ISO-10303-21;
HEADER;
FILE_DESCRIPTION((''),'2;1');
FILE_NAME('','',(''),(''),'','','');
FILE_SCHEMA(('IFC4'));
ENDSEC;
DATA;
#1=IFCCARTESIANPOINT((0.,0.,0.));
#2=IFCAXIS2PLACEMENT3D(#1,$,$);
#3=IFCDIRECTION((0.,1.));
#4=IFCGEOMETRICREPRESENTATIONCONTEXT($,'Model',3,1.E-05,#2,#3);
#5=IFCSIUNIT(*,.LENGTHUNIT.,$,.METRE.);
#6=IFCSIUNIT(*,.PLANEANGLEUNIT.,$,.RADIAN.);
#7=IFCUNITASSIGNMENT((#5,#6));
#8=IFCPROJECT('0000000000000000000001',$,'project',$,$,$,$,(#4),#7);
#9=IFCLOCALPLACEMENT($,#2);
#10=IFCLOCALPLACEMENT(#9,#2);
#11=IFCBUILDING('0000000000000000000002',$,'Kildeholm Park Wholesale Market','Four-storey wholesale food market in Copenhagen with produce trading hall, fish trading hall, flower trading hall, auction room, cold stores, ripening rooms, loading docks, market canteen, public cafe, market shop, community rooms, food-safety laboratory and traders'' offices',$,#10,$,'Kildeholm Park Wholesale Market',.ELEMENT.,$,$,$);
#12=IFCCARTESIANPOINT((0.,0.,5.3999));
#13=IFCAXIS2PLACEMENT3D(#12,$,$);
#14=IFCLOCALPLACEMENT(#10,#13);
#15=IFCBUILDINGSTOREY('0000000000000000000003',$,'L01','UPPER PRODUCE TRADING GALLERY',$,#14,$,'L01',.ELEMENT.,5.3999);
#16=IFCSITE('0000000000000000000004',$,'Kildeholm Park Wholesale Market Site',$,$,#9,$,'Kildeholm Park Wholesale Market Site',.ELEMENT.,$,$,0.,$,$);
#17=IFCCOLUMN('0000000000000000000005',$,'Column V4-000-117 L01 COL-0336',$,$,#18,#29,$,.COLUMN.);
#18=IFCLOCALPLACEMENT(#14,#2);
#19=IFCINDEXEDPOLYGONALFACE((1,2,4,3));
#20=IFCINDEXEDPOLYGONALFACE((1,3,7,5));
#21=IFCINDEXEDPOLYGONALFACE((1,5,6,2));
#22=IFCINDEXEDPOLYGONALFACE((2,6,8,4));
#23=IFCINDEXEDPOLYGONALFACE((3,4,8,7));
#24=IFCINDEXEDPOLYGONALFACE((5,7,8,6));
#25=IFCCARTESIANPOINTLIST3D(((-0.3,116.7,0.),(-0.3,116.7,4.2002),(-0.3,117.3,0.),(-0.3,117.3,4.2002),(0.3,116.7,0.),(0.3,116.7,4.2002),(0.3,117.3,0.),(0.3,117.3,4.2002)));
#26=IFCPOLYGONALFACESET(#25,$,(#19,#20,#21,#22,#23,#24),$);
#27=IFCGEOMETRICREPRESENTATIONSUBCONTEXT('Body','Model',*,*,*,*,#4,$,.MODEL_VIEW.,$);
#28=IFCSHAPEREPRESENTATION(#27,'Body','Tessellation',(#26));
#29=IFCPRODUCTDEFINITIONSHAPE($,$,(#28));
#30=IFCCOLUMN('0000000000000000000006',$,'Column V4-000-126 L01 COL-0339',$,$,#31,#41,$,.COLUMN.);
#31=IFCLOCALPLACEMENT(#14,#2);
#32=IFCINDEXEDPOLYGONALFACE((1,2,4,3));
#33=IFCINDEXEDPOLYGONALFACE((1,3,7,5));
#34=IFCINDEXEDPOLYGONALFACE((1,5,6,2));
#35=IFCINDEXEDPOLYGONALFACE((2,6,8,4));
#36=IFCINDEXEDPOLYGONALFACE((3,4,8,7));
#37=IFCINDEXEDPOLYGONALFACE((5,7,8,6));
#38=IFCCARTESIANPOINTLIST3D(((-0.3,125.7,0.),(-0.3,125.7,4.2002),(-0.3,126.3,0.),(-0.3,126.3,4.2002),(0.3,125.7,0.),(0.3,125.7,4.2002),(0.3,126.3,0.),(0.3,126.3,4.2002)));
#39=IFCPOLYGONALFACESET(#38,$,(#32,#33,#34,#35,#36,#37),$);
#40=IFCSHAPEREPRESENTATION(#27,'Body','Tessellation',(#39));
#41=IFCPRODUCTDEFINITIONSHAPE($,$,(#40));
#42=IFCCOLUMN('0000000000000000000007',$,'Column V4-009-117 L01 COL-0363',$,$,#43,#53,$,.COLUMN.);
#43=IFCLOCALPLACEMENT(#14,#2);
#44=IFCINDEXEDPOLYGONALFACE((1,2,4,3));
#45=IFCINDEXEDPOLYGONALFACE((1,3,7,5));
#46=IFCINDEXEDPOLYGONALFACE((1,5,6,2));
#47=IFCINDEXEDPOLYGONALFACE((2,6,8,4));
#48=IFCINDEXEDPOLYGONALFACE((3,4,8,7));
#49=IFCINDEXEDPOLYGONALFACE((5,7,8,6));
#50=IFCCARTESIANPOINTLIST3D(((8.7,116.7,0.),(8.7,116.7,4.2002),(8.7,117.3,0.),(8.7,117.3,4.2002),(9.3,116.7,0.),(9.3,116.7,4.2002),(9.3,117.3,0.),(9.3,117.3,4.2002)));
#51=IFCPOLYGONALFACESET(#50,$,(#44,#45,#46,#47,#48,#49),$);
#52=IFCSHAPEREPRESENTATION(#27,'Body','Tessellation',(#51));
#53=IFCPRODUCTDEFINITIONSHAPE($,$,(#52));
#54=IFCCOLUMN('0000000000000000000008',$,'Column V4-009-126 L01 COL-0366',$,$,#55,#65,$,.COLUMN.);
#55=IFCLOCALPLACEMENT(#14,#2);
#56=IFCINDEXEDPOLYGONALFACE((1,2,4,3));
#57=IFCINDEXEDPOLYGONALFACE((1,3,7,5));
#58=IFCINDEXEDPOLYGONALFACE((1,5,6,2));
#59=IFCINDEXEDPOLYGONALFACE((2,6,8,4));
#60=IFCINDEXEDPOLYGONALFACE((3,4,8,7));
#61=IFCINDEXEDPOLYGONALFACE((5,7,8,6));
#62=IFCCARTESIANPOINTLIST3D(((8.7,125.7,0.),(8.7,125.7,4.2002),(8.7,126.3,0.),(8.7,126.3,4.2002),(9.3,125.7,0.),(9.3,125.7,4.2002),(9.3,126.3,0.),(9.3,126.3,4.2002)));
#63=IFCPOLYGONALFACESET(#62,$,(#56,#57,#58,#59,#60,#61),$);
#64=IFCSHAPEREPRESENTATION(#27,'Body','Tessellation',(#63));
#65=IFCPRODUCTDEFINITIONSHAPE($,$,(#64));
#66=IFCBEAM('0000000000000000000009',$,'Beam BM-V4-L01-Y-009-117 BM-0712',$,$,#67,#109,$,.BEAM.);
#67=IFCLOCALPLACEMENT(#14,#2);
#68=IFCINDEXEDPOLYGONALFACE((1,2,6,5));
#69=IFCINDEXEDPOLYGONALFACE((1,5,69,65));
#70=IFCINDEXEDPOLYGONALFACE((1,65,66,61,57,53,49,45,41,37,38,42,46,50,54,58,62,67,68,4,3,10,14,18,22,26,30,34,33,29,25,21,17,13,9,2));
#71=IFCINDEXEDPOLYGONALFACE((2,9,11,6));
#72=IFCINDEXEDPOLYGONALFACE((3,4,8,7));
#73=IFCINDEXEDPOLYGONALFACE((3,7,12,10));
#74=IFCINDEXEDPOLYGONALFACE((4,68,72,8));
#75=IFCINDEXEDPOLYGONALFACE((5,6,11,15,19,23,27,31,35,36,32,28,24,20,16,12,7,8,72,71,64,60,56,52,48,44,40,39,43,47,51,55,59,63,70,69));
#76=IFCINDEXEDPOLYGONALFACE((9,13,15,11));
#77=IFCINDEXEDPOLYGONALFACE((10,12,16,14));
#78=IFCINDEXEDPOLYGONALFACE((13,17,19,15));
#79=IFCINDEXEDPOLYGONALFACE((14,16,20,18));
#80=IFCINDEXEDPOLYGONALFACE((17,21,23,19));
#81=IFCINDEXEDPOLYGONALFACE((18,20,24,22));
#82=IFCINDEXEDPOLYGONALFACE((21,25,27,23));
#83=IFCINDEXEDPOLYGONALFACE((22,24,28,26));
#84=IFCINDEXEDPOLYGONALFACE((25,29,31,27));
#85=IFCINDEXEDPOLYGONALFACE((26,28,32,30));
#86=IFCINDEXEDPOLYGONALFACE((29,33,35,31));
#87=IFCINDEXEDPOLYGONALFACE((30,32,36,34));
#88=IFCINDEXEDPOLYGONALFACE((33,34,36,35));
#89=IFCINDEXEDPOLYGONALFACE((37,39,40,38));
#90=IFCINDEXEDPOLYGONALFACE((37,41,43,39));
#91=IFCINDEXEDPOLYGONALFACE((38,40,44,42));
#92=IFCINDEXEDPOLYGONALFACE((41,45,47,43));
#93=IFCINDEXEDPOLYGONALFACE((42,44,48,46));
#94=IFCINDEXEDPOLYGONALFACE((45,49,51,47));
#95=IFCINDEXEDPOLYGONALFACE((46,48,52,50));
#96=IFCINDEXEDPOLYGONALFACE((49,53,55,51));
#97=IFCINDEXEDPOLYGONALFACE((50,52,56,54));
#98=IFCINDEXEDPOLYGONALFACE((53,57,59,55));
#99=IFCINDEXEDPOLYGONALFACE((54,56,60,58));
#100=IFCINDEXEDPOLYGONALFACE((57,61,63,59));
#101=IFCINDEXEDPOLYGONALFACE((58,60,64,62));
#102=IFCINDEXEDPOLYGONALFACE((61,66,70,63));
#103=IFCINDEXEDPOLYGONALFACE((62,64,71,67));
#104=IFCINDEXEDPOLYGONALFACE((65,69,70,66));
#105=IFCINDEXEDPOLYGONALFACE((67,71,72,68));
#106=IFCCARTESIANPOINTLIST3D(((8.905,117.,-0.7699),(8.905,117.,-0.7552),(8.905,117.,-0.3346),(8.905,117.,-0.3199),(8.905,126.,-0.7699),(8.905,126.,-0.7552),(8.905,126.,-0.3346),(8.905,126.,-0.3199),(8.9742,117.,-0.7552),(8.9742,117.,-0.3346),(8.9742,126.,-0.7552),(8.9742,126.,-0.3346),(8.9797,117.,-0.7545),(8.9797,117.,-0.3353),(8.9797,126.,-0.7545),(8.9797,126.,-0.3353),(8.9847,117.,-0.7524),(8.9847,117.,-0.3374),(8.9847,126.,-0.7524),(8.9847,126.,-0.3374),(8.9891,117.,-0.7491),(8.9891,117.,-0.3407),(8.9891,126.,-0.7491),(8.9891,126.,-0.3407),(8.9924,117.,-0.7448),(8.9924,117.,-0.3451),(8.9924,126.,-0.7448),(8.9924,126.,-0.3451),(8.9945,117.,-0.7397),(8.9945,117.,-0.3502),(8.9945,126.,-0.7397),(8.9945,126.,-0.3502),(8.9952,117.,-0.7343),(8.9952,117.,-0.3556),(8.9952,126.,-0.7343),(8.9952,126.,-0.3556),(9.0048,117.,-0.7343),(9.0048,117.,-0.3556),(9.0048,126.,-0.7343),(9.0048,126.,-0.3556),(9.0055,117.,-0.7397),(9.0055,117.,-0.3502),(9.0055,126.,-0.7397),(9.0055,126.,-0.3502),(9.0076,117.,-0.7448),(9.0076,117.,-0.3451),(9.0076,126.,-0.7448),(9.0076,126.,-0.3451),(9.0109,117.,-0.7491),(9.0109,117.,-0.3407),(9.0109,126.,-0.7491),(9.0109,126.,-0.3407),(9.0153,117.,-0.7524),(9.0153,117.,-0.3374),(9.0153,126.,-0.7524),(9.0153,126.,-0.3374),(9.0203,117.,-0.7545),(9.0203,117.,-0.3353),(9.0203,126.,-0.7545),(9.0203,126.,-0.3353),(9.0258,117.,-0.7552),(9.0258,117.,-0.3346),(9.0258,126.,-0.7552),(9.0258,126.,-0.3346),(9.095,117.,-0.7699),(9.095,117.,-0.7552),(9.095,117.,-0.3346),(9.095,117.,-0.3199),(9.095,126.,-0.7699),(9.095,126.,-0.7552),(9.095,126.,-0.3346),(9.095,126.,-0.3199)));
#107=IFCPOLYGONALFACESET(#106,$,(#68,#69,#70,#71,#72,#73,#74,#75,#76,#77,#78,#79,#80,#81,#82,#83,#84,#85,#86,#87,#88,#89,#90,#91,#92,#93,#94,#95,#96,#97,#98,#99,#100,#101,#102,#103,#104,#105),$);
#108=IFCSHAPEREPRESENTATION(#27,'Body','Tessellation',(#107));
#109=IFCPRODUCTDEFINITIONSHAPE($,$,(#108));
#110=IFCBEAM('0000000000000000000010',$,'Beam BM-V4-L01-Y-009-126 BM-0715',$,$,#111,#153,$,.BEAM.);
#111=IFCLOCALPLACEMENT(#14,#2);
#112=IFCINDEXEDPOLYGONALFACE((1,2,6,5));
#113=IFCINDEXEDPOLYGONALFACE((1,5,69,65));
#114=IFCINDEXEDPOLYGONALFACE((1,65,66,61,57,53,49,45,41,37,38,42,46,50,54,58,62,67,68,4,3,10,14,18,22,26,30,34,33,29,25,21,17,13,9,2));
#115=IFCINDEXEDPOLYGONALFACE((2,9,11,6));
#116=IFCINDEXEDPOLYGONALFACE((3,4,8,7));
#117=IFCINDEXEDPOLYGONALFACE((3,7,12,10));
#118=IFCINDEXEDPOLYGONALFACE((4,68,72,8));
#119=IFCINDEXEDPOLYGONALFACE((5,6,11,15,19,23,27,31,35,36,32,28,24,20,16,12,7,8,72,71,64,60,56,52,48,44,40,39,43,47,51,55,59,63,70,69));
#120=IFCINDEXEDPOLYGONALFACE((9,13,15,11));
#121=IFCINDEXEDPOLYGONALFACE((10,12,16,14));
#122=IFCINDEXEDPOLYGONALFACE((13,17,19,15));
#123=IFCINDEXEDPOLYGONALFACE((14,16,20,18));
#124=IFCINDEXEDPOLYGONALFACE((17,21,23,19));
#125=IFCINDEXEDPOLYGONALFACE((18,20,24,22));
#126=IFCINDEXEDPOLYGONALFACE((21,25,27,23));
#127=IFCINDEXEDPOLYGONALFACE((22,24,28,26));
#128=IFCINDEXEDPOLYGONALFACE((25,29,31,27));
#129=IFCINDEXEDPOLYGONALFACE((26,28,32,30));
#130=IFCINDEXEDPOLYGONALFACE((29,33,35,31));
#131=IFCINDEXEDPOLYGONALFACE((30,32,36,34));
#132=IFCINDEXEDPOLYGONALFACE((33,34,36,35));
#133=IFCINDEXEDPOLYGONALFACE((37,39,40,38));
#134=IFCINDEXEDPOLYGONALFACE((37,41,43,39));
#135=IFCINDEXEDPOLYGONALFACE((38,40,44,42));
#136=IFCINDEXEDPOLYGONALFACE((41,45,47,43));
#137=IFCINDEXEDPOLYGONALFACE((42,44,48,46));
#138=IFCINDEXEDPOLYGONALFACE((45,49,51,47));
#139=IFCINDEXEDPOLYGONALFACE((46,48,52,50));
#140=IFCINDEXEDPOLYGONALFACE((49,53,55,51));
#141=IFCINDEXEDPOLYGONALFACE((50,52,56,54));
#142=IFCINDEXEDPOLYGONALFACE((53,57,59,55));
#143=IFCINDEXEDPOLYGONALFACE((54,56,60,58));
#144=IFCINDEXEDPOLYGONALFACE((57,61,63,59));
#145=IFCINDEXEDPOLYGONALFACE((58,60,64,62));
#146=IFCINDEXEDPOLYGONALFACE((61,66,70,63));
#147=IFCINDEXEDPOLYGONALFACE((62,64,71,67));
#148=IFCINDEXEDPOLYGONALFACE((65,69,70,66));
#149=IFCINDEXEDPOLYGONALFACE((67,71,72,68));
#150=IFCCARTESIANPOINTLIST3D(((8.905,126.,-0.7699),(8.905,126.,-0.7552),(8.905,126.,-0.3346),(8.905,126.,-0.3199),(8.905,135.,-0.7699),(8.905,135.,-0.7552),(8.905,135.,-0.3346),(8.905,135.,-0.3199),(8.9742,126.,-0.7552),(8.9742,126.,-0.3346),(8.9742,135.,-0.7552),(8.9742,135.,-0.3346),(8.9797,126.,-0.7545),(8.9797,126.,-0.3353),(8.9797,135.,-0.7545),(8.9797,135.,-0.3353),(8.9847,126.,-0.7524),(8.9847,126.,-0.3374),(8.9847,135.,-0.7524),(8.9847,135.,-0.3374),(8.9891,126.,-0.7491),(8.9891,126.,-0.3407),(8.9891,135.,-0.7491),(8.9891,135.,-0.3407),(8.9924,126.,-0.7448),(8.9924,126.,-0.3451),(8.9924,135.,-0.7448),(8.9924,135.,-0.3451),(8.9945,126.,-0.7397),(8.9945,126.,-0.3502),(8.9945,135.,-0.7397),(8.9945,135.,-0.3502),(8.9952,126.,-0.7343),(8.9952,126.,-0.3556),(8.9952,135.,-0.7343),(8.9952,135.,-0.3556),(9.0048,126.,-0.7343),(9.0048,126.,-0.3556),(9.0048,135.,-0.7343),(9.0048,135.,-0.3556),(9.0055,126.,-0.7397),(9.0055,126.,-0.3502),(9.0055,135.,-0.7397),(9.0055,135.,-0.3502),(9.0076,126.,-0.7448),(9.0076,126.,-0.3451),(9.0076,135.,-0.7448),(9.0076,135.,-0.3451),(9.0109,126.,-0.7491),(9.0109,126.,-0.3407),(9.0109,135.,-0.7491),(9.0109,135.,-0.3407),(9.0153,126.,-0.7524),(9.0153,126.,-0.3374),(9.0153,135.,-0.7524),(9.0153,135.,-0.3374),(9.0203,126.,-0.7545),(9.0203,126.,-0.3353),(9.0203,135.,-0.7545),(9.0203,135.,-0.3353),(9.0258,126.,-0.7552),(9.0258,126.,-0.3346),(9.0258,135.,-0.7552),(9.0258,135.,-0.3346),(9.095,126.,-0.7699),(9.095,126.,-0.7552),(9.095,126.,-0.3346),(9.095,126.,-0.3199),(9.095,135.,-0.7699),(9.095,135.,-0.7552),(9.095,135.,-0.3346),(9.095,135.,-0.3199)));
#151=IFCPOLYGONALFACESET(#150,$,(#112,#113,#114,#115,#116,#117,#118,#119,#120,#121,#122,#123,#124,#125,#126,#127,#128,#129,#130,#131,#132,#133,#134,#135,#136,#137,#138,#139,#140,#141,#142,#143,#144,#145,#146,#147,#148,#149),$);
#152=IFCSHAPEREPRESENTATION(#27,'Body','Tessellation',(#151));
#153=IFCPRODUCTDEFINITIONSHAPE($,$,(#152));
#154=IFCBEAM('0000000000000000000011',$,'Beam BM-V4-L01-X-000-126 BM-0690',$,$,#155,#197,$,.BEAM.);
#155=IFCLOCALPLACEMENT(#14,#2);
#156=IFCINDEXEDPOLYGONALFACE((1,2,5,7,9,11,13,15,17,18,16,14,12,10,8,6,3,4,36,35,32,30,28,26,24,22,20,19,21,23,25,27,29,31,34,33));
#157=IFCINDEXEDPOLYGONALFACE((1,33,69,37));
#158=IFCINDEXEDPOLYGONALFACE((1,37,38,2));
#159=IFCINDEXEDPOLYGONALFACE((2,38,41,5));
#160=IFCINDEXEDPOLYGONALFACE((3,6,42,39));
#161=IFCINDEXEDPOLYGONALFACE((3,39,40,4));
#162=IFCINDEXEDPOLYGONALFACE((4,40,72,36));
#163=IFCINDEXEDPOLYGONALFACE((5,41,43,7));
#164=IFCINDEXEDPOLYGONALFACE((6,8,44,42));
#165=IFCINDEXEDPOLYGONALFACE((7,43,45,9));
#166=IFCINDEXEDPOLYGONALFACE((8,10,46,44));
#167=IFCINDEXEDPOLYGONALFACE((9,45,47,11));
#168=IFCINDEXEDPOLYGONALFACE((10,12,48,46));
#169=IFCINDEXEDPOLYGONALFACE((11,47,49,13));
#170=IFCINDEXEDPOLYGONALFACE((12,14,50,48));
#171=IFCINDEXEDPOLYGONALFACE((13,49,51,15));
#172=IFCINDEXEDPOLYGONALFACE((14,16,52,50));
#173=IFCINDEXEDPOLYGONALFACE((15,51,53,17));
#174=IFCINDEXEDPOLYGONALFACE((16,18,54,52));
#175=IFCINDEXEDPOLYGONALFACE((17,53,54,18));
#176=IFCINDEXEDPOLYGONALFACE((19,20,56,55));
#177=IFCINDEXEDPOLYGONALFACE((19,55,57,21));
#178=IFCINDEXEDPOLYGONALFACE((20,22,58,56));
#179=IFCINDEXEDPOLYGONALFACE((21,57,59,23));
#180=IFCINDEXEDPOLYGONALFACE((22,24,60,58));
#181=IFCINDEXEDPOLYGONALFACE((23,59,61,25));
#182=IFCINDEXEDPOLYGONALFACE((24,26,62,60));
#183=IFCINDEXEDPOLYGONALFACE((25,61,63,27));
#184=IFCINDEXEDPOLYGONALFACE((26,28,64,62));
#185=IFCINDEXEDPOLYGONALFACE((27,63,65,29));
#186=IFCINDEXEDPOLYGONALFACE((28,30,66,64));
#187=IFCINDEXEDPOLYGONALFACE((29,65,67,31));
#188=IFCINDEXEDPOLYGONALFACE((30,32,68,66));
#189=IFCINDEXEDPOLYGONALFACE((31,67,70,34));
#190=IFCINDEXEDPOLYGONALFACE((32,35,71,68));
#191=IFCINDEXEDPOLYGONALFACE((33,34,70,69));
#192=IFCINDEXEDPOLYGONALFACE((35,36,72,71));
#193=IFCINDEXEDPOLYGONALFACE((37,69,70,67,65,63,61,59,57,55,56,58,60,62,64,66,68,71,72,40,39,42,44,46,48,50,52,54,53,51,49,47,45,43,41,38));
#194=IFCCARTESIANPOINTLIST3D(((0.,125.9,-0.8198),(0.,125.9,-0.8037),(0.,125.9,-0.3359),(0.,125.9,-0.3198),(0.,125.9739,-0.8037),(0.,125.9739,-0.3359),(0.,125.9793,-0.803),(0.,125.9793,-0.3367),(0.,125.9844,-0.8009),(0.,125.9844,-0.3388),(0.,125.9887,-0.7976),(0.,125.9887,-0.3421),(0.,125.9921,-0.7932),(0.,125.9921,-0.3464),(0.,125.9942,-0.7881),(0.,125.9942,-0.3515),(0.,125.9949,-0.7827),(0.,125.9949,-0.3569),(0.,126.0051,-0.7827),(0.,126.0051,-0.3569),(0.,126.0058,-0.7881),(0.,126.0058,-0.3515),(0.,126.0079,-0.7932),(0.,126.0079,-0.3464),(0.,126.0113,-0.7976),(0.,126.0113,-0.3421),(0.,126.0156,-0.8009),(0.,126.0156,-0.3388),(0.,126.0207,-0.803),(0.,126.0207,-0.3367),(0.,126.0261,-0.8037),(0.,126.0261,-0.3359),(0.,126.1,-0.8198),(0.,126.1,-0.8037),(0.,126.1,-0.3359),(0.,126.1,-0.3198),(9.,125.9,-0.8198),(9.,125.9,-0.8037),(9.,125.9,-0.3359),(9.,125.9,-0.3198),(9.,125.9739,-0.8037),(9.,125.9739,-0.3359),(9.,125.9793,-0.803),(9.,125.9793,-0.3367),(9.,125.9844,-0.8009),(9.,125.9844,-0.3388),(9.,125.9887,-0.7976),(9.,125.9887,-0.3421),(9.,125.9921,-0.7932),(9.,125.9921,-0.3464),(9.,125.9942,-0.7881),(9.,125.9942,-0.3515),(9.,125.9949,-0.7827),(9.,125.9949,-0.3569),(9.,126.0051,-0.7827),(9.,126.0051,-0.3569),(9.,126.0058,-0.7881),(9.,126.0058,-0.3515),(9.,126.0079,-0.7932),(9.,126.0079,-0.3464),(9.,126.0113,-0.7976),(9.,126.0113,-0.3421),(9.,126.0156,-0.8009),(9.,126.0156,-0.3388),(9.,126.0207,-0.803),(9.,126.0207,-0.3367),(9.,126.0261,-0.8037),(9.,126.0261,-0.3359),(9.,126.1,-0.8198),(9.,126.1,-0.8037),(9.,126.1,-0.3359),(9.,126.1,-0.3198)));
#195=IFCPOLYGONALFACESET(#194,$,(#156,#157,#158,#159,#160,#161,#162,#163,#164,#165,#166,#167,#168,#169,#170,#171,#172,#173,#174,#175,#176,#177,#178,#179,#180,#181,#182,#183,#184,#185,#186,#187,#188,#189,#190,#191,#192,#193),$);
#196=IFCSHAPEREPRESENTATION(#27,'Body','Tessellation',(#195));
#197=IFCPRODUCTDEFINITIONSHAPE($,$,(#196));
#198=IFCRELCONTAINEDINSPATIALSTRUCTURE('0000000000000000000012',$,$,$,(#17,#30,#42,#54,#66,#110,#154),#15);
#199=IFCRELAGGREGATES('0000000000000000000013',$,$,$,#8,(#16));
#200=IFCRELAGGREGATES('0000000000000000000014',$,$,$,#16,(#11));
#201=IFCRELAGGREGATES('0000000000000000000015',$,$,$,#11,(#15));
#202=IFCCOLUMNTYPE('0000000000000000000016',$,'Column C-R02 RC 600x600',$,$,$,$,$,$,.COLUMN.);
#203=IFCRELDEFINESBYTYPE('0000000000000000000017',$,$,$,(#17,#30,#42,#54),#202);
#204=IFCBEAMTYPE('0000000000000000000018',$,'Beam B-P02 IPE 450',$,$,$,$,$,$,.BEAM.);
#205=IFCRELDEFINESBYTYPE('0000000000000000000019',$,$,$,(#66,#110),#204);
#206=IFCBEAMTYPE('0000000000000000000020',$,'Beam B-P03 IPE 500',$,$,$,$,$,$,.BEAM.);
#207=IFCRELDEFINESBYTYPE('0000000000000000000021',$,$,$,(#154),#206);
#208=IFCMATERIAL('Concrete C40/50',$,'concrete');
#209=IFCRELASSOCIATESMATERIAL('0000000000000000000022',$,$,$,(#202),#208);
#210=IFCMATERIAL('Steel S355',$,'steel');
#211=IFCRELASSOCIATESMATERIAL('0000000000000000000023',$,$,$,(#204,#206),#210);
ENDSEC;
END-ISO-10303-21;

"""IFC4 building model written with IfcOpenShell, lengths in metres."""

from ifc_helpers import new_model, si_unit, direction, frame, origin, origin_2d, place, context, subcontext, project, spatial, rectangle, i_section, extrude, material, material_profile, profile_set, type_object, element, save


model = new_model("IFC4")

# Units and contexts
model_context = context("Model", 3, precision=1e-05, world=origin(), true_north=direction((0.0, 1.0)))
body_context = subcontext(model_context, "Body", "Model", "MODEL_VIEW")
ifc_project = project(units=[si_unit("LENGTHUNIT", "METRE"), si_unit("PLANEANGLEUNIT", "RADIAN")], contexts=[model_context])

# Site, building, storey
site_placement = place(None, origin())
site = spatial("IfcSite", under=ifc_project, at=site_placement, Name="Kildeholm Park Wholesale Market Site", LongName="Kildeholm Park Wholesale Market Site", CompositionType="ELEMENT", RefElevation=0.0)
building_placement = place(site_placement, origin())
building = spatial("IfcBuilding", under=site, at=building_placement, Name="Kildeholm Park Wholesale Market", Description="Four-storey wholesale food market in Copenhagen with produce trading hall, fish trading hall, flower trading hall, auction room, cold stores, ripening rooms, loading docks, market canteen, public cafe, market shop, community rooms, food-safety laboratory and traders' offices", LongName="Kildeholm Park Wholesale Market", CompositionType="ELEMENT")
storey_placement = place(building_placement, frame((0.0, 0.0, 5.3999)))
storey = spatial("IfcBuildingStorey", under=building, at=storey_placement, Name="L01", Description="UPPER PRODUCE TRADING GALLERY", LongName="L01", CompositionType="ELEMENT", Elevation=5.3999)

# Columns
ifc_material_1 = material(Name="Concrete C40/50", Category="concrete")
ifc_material_profile_1 = material_profile(ifc_material_1, rectangle(XDim=0.6001, YDim=0.6001, at=origin_2d()), Name="RC 600x600")
ifc_profile_set_1 = profile_set([ifc_material_profile_1], Name="Concrete C40/50")
column_type = type_object("IfcColumnType", Name="Column C-R02 RC 600x600", PredefinedType="COLUMN", material=ifc_profile_set_1)
for number, where, z_axis, x_axis, name in (
    (1, (0.0, 117.0, 0.0), (0.0, 0.0, 1.0), (1.0, 0.0, 0.0), "Column V4-000-117 L01 COL-0336"),
    (2, (0.0, 126.0, 0.0), (0.0, 0.0, 1.0), (1.0, 0.0, 0.0), "Column V4-000-126 L01 COL-0339"),
    (3, (9.0, 117.0, 0.0), (0.0, 0.0, 1.0), (1.0, 0.0, 0.0), "Column V4-009-117 L01 COL-0363"),
    (4, (9.0, 126.0, 0.0), (0.0, 0.0, 1.0), (1.0, 0.0, 0.0), "Column V4-009-126 L01 COL-0366"),
):
    element("IfcColumn", number, at=place(storey_placement, frame(where, z_axis=z_axis, x_axis=x_axis)), inside=storey, type_object=column_type, Name=name, PredefinedType="COLUMN", context=body_context, shape_type="SweptSolid", body=[
        extrude(rectangle(XDim=0.6001, YDim=0.6001, at=origin_2d()), origin(), (0.0, 0.0, 1.0), 4.2002),
    ])

# Beams
ifc_material_2 = material(Name="Steel S355", Category="steel")
ifc_material_profile_2 = material_profile(ifc_material_2, i_section(OverallWidth=0.1899, OverallDepth=0.45, WebThickness=0.0095, FlangeThickness=0.0146, FilletRadius=0.021, at=origin_2d()), Name="IPE 450")
ifc_profile_set_2 = profile_set([ifc_material_profile_2], Name="Steel S355")
beam_type_1 = type_object("IfcBeamType", Name="Beam B-P02 IPE 450", PredefinedType="BEAM", material=ifc_profile_set_2)
for number, where, z_axis, x_axis, name in (
    (5, (9.0, 117.0, -0.5449), (0.0, 1.0, 0.0), (-1.0, 0.0, 0.0), "Beam BM-V4-L01-Y-009-117 BM-0712"),
    (6, (9.0, 126.0, -0.5449), (0.0, 1.0, 0.0), (-1.0, 0.0, 0.0), "Beam BM-V4-L01-Y-009-126 BM-0715"),
):
    element("IfcBeam", number, at=place(storey_placement, frame(where, z_axis=z_axis, x_axis=x_axis)), inside=storey, type_object=beam_type_1, Name=name, PredefinedType="BEAM", context=body_context, shape_type="SweptSolid", body=[
        extrude(i_section(OverallWidth=0.1899, OverallDepth=0.45, WebThickness=0.0095, FlangeThickness=0.0146, FilletRadius=0.021, at=origin_2d()), origin(), (0.0, 0.0, 1.0), 9.0),
    ])
ifc_material_profile_3 = material_profile(ifc_material_2, i_section(OverallWidth=0.2, OverallDepth=0.5, WebThickness=0.0103, FlangeThickness=0.0161, FilletRadius=0.021, at=origin_2d()), Name="IPE 500")
ifc_profile_set_3 = profile_set([ifc_material_profile_3], Name="Steel S355")
beam_type_2 = type_object("IfcBeamType", Name="Beam B-P03 IPE 500", PredefinedType="BEAM", material=ifc_profile_set_3)
for number, where, z_axis, x_axis, name in (
    (7, (0.0, 126.0, -0.5698), (1.0, 0.0, 0.0), (0.0, 1.0, 0.0), "Beam BM-V4-L01-X-000-126 BM-0690"),
):
    element("IfcBeam", number, at=place(storey_placement, frame(where, z_axis=z_axis, x_axis=x_axis)), inside=storey, type_object=beam_type_2, Name=name, PredefinedType="BEAM", context=body_context, shape_type="SweptSolid", body=[
        extrude(i_section(OverallWidth=0.2, OverallDepth=0.5, WebThickness=0.0103, FlangeThickness=0.0161, FilletRadius=0.021, at=origin_2d()), origin(), (0.0, 0.0, 1.0), 9.0),
    ])

save(model, "model.ifc")
